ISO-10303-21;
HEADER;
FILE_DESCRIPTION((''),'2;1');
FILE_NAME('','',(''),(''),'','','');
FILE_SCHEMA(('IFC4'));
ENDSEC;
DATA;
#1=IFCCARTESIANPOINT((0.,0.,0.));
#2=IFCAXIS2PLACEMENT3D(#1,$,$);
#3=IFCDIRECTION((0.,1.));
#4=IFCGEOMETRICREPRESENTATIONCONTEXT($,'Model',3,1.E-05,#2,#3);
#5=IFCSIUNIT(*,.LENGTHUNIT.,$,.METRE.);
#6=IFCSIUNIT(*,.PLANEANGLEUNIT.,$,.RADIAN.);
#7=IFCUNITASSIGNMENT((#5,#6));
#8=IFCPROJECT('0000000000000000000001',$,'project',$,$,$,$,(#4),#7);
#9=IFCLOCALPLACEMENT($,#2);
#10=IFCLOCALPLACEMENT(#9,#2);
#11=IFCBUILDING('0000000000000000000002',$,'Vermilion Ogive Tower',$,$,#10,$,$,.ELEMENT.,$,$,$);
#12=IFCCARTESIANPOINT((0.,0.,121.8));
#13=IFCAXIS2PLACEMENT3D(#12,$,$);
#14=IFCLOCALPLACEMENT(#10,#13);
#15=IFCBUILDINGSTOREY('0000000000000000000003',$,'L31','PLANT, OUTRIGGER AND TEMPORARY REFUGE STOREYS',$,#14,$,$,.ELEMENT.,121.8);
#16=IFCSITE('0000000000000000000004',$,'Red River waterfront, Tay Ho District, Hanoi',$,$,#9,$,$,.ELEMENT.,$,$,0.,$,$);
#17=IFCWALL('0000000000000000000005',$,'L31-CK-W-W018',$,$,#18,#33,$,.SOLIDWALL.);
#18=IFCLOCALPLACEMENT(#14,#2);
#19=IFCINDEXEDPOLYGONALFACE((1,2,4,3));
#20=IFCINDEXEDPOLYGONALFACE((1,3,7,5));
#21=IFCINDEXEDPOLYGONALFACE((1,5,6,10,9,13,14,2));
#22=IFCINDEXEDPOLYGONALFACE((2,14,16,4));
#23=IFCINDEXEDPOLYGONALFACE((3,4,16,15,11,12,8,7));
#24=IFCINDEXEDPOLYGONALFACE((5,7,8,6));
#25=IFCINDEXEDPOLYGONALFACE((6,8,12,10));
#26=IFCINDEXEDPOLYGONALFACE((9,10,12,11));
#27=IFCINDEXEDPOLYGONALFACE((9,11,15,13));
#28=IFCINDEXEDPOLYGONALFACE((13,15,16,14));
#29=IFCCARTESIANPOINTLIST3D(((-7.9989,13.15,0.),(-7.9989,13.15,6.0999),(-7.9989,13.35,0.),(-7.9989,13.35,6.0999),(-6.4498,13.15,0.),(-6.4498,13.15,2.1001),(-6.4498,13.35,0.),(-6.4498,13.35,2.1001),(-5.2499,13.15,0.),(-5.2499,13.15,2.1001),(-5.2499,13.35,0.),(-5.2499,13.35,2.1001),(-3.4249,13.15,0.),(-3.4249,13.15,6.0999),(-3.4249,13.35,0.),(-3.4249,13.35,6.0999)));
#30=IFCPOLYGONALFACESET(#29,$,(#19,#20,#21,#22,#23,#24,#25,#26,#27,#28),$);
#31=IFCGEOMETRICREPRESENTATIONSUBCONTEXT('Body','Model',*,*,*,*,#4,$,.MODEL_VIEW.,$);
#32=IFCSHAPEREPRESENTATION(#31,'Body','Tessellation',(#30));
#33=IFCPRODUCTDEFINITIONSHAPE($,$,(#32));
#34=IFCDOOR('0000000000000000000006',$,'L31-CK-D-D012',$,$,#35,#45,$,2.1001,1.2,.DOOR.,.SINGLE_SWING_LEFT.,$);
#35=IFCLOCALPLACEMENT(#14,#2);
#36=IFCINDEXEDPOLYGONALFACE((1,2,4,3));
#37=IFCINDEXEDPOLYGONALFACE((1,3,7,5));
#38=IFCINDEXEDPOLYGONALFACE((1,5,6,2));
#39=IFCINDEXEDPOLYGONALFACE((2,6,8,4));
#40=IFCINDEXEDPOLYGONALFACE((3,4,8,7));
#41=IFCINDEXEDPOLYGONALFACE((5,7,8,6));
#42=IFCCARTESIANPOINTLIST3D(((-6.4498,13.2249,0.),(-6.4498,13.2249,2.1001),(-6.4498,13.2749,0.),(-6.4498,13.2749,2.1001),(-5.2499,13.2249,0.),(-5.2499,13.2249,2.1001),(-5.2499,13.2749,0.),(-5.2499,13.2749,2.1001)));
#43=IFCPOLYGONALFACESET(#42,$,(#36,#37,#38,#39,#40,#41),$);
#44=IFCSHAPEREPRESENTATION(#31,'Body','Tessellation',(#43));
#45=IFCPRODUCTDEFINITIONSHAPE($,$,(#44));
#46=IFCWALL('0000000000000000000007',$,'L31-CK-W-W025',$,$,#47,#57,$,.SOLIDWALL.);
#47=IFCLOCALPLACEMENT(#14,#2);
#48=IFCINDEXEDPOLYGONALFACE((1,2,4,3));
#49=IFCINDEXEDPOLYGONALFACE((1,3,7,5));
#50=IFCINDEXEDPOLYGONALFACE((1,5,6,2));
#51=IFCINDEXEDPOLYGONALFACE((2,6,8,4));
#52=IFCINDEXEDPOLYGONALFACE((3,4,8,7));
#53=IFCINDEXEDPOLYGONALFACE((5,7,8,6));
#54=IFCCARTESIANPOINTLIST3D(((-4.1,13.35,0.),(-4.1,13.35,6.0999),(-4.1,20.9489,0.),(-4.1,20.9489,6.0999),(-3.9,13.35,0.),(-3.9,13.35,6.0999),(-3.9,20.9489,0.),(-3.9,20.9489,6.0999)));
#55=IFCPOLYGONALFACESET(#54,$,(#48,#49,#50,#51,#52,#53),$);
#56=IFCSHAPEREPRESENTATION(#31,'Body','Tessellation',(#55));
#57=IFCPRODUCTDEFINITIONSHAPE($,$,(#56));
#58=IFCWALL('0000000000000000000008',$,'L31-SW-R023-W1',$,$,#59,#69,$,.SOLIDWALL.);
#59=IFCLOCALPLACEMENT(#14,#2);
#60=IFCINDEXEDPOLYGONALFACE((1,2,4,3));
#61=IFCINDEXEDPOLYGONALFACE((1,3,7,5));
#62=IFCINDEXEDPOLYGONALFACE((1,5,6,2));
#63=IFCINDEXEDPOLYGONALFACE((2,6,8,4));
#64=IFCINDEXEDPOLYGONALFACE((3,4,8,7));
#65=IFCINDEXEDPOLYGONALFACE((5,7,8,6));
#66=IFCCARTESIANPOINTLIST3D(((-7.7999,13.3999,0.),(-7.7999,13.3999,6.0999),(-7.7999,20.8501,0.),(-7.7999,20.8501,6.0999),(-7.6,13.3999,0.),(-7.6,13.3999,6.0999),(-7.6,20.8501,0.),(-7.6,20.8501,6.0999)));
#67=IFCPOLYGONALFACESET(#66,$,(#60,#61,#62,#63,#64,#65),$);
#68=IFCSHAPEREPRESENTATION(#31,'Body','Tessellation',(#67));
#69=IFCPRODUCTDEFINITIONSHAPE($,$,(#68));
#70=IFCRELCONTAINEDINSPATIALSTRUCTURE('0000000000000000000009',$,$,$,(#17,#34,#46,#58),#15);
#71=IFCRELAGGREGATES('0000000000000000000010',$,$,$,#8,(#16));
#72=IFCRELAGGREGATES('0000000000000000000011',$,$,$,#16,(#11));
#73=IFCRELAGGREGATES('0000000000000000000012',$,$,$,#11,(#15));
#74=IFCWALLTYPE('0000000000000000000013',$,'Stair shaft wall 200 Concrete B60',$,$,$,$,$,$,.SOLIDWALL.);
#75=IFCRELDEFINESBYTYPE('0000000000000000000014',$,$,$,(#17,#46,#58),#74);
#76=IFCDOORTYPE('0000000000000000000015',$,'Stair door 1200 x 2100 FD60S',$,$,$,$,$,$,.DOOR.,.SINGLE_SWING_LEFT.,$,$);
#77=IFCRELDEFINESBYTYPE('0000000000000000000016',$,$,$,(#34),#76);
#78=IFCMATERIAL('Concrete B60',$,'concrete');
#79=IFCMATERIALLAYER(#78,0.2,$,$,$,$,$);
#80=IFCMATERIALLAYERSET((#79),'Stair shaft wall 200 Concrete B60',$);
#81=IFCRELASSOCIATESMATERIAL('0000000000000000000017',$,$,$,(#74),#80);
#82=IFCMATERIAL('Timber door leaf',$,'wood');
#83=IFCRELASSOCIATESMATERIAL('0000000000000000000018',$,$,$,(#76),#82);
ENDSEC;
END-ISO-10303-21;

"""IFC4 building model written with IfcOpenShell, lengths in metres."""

from ifc_helpers import new_model, si_unit, direction, frame, frame_2d, origin, place, context, subcontext, project, spatial, rectangle, extrude, material, layer, layer_set, type_object, element, fill, save


model = new_model("IFC4")

# Units and contexts
model_context = context("Model", 3, precision=1e-05, world=origin(), true_north=direction((0.0, 1.0)))
body_context = subcontext(model_context, "Body", "Model", "MODEL_VIEW")
ifc_project = project(units=[si_unit("LENGTHUNIT", "METRE"), si_unit("PLANEANGLEUNIT", "RADIAN")], contexts=[model_context])

# Site, building, storey
site_placement = place(None, origin())
site = spatial("IfcSite", under=ifc_project, at=site_placement, Name="Red River waterfront, Tay Ho District, Hanoi", CompositionType="ELEMENT", RefElevation=0.0)
building_placement = place(site_placement, origin())
building = spatial("IfcBuilding", under=site, at=building_placement, Name="Vermilion Ogive Tower", CompositionType="ELEMENT")
storey_placement = place(building_placement, frame((0.0, 0.0, 121.8)))
storey = spatial("IfcBuildingStorey", under=building, at=storey_placement, Name="L31", Description="PLANT, OUTRIGGER AND TEMPORARY REFUGE STOREYS", CompositionType="ELEMENT", Elevation=121.8)

# Wall, opening, door
ifc_material_1 = material(Name="Concrete B60", Category="concrete")
ifc_layer_1 = layer(ifc_material_1, 0.2)
ifc_layer_set_1 = layer_set([ifc_layer_1], Name="Stair shaft wall 200 Concrete B60")
wall_type_1 = type_object("IfcWallType", Name="Stair shaft wall 200 Concrete B60", PredefinedType="SOLIDWALL", material=ifc_layer_set_1)
wall_1_placement = place(storey_placement, frame((-7.999, 13.25, 0.0), z_axis=(0.0, 0.0, 1.0), x_axis=(1.0, 0.0, 0.0)))
wall_1 = element("IfcWall", 1, at=wall_1_placement, inside=storey, type_object=wall_type_1, Name="L31-CK-W-W018", PredefinedType="SOLIDWALL", context=body_context, shape_type="SweptSolid", body=[
    extrude(rectangle(XDim=4.574, YDim=0.2, at=frame_2d((2.2871, 0.0))), origin(), (0.0, 0.0, 1.0), 6.0999),
])
opening_1_placement = place(wall_1_placement, frame((1.5491, 0.0, 0.0)))
opening_1 = element("IfcOpeningElement", 2, at=opening_1_placement, cuts=wall_1, PredefinedType="OPENING", context=body_context, shape_type="SweptSolid", body=[
    extrude(rectangle(XDim=1.2, YDim=2.1001, at=frame_2d((0.6001, 1.05))), frame((0.0, 0.1099, 0.0), z_axis=(0.0, -1.0, 0.0), x_axis=(1.0, 0.0, 0.0)), (0.0, 0.0, 1.0), 0.22),
])
ifc_material_2 = material(Name="Timber door leaf", Category="wood")
door_type_1 = type_object("IfcDoorType", Name="Stair door 1200 x 2100 FD60S", OperationType="SINGLE_SWING_LEFT", PredefinedType="DOOR", material=ifc_material_2)
door_1_placement = place(opening_1_placement, origin())
door_1 = element("IfcDoor", 3, at=door_1_placement, inside=storey, type_object=door_type_1, Name="L31-CK-D-D012", OperationType="SINGLE_SWING_LEFT", OverallHeight=2.1001, OverallWidth=1.2, PredefinedType="DOOR", context=body_context, shape_type="SweptSolid", body=[
    extrude(rectangle(XDim=1.2, YDim=2.1001, at=frame_2d((0.6001, 1.05))), frame((0.0, 0.0249, 0.0), z_axis=(0.0, -1.0, 0.0), x_axis=(1.0, 0.0, 0.0)), (0.0, 0.0, 1.0), 0.05),
])
fill(opening_1, door_1)

# Walls
wall_2_placement = place(storey_placement, frame((-4.0, 13.3501, 0.0), z_axis=(0.0, 0.0, 1.0), x_axis=(0.0, 1.0, 0.0)))
element("IfcWall", 4, at=wall_2_placement, inside=storey, type_object=wall_type_1, Name="L31-CK-W-W025", PredefinedType="SOLIDWALL", context=body_context, shape_type="SweptSolid", body=[
    extrude(rectangle(XDim=7.5989, YDim=0.2, at=frame_2d((3.7993, 0.0))), origin(), (0.0, 0.0, 1.0), 6.0999),
])
wall_3_placement = place(storey_placement, frame((-7.7, 13.3999, 0.0), z_axis=(0.0, 0.0, 1.0), x_axis=(0.0, 1.0, 0.0)))
element("IfcWall", 5, at=wall_3_placement, inside=storey, type_object=wall_type_1, Name="L31-SW-R023-W1", PredefinedType="SOLIDWALL", context=body_context, shape_type="SweptSolid", body=[
    extrude(rectangle(XDim=7.4502, YDim=0.2, at=frame_2d((3.7251, 0.0))), origin(), (0.0, 0.0, 1.0), 6.0999),
])

save(model, "model.ifc")
